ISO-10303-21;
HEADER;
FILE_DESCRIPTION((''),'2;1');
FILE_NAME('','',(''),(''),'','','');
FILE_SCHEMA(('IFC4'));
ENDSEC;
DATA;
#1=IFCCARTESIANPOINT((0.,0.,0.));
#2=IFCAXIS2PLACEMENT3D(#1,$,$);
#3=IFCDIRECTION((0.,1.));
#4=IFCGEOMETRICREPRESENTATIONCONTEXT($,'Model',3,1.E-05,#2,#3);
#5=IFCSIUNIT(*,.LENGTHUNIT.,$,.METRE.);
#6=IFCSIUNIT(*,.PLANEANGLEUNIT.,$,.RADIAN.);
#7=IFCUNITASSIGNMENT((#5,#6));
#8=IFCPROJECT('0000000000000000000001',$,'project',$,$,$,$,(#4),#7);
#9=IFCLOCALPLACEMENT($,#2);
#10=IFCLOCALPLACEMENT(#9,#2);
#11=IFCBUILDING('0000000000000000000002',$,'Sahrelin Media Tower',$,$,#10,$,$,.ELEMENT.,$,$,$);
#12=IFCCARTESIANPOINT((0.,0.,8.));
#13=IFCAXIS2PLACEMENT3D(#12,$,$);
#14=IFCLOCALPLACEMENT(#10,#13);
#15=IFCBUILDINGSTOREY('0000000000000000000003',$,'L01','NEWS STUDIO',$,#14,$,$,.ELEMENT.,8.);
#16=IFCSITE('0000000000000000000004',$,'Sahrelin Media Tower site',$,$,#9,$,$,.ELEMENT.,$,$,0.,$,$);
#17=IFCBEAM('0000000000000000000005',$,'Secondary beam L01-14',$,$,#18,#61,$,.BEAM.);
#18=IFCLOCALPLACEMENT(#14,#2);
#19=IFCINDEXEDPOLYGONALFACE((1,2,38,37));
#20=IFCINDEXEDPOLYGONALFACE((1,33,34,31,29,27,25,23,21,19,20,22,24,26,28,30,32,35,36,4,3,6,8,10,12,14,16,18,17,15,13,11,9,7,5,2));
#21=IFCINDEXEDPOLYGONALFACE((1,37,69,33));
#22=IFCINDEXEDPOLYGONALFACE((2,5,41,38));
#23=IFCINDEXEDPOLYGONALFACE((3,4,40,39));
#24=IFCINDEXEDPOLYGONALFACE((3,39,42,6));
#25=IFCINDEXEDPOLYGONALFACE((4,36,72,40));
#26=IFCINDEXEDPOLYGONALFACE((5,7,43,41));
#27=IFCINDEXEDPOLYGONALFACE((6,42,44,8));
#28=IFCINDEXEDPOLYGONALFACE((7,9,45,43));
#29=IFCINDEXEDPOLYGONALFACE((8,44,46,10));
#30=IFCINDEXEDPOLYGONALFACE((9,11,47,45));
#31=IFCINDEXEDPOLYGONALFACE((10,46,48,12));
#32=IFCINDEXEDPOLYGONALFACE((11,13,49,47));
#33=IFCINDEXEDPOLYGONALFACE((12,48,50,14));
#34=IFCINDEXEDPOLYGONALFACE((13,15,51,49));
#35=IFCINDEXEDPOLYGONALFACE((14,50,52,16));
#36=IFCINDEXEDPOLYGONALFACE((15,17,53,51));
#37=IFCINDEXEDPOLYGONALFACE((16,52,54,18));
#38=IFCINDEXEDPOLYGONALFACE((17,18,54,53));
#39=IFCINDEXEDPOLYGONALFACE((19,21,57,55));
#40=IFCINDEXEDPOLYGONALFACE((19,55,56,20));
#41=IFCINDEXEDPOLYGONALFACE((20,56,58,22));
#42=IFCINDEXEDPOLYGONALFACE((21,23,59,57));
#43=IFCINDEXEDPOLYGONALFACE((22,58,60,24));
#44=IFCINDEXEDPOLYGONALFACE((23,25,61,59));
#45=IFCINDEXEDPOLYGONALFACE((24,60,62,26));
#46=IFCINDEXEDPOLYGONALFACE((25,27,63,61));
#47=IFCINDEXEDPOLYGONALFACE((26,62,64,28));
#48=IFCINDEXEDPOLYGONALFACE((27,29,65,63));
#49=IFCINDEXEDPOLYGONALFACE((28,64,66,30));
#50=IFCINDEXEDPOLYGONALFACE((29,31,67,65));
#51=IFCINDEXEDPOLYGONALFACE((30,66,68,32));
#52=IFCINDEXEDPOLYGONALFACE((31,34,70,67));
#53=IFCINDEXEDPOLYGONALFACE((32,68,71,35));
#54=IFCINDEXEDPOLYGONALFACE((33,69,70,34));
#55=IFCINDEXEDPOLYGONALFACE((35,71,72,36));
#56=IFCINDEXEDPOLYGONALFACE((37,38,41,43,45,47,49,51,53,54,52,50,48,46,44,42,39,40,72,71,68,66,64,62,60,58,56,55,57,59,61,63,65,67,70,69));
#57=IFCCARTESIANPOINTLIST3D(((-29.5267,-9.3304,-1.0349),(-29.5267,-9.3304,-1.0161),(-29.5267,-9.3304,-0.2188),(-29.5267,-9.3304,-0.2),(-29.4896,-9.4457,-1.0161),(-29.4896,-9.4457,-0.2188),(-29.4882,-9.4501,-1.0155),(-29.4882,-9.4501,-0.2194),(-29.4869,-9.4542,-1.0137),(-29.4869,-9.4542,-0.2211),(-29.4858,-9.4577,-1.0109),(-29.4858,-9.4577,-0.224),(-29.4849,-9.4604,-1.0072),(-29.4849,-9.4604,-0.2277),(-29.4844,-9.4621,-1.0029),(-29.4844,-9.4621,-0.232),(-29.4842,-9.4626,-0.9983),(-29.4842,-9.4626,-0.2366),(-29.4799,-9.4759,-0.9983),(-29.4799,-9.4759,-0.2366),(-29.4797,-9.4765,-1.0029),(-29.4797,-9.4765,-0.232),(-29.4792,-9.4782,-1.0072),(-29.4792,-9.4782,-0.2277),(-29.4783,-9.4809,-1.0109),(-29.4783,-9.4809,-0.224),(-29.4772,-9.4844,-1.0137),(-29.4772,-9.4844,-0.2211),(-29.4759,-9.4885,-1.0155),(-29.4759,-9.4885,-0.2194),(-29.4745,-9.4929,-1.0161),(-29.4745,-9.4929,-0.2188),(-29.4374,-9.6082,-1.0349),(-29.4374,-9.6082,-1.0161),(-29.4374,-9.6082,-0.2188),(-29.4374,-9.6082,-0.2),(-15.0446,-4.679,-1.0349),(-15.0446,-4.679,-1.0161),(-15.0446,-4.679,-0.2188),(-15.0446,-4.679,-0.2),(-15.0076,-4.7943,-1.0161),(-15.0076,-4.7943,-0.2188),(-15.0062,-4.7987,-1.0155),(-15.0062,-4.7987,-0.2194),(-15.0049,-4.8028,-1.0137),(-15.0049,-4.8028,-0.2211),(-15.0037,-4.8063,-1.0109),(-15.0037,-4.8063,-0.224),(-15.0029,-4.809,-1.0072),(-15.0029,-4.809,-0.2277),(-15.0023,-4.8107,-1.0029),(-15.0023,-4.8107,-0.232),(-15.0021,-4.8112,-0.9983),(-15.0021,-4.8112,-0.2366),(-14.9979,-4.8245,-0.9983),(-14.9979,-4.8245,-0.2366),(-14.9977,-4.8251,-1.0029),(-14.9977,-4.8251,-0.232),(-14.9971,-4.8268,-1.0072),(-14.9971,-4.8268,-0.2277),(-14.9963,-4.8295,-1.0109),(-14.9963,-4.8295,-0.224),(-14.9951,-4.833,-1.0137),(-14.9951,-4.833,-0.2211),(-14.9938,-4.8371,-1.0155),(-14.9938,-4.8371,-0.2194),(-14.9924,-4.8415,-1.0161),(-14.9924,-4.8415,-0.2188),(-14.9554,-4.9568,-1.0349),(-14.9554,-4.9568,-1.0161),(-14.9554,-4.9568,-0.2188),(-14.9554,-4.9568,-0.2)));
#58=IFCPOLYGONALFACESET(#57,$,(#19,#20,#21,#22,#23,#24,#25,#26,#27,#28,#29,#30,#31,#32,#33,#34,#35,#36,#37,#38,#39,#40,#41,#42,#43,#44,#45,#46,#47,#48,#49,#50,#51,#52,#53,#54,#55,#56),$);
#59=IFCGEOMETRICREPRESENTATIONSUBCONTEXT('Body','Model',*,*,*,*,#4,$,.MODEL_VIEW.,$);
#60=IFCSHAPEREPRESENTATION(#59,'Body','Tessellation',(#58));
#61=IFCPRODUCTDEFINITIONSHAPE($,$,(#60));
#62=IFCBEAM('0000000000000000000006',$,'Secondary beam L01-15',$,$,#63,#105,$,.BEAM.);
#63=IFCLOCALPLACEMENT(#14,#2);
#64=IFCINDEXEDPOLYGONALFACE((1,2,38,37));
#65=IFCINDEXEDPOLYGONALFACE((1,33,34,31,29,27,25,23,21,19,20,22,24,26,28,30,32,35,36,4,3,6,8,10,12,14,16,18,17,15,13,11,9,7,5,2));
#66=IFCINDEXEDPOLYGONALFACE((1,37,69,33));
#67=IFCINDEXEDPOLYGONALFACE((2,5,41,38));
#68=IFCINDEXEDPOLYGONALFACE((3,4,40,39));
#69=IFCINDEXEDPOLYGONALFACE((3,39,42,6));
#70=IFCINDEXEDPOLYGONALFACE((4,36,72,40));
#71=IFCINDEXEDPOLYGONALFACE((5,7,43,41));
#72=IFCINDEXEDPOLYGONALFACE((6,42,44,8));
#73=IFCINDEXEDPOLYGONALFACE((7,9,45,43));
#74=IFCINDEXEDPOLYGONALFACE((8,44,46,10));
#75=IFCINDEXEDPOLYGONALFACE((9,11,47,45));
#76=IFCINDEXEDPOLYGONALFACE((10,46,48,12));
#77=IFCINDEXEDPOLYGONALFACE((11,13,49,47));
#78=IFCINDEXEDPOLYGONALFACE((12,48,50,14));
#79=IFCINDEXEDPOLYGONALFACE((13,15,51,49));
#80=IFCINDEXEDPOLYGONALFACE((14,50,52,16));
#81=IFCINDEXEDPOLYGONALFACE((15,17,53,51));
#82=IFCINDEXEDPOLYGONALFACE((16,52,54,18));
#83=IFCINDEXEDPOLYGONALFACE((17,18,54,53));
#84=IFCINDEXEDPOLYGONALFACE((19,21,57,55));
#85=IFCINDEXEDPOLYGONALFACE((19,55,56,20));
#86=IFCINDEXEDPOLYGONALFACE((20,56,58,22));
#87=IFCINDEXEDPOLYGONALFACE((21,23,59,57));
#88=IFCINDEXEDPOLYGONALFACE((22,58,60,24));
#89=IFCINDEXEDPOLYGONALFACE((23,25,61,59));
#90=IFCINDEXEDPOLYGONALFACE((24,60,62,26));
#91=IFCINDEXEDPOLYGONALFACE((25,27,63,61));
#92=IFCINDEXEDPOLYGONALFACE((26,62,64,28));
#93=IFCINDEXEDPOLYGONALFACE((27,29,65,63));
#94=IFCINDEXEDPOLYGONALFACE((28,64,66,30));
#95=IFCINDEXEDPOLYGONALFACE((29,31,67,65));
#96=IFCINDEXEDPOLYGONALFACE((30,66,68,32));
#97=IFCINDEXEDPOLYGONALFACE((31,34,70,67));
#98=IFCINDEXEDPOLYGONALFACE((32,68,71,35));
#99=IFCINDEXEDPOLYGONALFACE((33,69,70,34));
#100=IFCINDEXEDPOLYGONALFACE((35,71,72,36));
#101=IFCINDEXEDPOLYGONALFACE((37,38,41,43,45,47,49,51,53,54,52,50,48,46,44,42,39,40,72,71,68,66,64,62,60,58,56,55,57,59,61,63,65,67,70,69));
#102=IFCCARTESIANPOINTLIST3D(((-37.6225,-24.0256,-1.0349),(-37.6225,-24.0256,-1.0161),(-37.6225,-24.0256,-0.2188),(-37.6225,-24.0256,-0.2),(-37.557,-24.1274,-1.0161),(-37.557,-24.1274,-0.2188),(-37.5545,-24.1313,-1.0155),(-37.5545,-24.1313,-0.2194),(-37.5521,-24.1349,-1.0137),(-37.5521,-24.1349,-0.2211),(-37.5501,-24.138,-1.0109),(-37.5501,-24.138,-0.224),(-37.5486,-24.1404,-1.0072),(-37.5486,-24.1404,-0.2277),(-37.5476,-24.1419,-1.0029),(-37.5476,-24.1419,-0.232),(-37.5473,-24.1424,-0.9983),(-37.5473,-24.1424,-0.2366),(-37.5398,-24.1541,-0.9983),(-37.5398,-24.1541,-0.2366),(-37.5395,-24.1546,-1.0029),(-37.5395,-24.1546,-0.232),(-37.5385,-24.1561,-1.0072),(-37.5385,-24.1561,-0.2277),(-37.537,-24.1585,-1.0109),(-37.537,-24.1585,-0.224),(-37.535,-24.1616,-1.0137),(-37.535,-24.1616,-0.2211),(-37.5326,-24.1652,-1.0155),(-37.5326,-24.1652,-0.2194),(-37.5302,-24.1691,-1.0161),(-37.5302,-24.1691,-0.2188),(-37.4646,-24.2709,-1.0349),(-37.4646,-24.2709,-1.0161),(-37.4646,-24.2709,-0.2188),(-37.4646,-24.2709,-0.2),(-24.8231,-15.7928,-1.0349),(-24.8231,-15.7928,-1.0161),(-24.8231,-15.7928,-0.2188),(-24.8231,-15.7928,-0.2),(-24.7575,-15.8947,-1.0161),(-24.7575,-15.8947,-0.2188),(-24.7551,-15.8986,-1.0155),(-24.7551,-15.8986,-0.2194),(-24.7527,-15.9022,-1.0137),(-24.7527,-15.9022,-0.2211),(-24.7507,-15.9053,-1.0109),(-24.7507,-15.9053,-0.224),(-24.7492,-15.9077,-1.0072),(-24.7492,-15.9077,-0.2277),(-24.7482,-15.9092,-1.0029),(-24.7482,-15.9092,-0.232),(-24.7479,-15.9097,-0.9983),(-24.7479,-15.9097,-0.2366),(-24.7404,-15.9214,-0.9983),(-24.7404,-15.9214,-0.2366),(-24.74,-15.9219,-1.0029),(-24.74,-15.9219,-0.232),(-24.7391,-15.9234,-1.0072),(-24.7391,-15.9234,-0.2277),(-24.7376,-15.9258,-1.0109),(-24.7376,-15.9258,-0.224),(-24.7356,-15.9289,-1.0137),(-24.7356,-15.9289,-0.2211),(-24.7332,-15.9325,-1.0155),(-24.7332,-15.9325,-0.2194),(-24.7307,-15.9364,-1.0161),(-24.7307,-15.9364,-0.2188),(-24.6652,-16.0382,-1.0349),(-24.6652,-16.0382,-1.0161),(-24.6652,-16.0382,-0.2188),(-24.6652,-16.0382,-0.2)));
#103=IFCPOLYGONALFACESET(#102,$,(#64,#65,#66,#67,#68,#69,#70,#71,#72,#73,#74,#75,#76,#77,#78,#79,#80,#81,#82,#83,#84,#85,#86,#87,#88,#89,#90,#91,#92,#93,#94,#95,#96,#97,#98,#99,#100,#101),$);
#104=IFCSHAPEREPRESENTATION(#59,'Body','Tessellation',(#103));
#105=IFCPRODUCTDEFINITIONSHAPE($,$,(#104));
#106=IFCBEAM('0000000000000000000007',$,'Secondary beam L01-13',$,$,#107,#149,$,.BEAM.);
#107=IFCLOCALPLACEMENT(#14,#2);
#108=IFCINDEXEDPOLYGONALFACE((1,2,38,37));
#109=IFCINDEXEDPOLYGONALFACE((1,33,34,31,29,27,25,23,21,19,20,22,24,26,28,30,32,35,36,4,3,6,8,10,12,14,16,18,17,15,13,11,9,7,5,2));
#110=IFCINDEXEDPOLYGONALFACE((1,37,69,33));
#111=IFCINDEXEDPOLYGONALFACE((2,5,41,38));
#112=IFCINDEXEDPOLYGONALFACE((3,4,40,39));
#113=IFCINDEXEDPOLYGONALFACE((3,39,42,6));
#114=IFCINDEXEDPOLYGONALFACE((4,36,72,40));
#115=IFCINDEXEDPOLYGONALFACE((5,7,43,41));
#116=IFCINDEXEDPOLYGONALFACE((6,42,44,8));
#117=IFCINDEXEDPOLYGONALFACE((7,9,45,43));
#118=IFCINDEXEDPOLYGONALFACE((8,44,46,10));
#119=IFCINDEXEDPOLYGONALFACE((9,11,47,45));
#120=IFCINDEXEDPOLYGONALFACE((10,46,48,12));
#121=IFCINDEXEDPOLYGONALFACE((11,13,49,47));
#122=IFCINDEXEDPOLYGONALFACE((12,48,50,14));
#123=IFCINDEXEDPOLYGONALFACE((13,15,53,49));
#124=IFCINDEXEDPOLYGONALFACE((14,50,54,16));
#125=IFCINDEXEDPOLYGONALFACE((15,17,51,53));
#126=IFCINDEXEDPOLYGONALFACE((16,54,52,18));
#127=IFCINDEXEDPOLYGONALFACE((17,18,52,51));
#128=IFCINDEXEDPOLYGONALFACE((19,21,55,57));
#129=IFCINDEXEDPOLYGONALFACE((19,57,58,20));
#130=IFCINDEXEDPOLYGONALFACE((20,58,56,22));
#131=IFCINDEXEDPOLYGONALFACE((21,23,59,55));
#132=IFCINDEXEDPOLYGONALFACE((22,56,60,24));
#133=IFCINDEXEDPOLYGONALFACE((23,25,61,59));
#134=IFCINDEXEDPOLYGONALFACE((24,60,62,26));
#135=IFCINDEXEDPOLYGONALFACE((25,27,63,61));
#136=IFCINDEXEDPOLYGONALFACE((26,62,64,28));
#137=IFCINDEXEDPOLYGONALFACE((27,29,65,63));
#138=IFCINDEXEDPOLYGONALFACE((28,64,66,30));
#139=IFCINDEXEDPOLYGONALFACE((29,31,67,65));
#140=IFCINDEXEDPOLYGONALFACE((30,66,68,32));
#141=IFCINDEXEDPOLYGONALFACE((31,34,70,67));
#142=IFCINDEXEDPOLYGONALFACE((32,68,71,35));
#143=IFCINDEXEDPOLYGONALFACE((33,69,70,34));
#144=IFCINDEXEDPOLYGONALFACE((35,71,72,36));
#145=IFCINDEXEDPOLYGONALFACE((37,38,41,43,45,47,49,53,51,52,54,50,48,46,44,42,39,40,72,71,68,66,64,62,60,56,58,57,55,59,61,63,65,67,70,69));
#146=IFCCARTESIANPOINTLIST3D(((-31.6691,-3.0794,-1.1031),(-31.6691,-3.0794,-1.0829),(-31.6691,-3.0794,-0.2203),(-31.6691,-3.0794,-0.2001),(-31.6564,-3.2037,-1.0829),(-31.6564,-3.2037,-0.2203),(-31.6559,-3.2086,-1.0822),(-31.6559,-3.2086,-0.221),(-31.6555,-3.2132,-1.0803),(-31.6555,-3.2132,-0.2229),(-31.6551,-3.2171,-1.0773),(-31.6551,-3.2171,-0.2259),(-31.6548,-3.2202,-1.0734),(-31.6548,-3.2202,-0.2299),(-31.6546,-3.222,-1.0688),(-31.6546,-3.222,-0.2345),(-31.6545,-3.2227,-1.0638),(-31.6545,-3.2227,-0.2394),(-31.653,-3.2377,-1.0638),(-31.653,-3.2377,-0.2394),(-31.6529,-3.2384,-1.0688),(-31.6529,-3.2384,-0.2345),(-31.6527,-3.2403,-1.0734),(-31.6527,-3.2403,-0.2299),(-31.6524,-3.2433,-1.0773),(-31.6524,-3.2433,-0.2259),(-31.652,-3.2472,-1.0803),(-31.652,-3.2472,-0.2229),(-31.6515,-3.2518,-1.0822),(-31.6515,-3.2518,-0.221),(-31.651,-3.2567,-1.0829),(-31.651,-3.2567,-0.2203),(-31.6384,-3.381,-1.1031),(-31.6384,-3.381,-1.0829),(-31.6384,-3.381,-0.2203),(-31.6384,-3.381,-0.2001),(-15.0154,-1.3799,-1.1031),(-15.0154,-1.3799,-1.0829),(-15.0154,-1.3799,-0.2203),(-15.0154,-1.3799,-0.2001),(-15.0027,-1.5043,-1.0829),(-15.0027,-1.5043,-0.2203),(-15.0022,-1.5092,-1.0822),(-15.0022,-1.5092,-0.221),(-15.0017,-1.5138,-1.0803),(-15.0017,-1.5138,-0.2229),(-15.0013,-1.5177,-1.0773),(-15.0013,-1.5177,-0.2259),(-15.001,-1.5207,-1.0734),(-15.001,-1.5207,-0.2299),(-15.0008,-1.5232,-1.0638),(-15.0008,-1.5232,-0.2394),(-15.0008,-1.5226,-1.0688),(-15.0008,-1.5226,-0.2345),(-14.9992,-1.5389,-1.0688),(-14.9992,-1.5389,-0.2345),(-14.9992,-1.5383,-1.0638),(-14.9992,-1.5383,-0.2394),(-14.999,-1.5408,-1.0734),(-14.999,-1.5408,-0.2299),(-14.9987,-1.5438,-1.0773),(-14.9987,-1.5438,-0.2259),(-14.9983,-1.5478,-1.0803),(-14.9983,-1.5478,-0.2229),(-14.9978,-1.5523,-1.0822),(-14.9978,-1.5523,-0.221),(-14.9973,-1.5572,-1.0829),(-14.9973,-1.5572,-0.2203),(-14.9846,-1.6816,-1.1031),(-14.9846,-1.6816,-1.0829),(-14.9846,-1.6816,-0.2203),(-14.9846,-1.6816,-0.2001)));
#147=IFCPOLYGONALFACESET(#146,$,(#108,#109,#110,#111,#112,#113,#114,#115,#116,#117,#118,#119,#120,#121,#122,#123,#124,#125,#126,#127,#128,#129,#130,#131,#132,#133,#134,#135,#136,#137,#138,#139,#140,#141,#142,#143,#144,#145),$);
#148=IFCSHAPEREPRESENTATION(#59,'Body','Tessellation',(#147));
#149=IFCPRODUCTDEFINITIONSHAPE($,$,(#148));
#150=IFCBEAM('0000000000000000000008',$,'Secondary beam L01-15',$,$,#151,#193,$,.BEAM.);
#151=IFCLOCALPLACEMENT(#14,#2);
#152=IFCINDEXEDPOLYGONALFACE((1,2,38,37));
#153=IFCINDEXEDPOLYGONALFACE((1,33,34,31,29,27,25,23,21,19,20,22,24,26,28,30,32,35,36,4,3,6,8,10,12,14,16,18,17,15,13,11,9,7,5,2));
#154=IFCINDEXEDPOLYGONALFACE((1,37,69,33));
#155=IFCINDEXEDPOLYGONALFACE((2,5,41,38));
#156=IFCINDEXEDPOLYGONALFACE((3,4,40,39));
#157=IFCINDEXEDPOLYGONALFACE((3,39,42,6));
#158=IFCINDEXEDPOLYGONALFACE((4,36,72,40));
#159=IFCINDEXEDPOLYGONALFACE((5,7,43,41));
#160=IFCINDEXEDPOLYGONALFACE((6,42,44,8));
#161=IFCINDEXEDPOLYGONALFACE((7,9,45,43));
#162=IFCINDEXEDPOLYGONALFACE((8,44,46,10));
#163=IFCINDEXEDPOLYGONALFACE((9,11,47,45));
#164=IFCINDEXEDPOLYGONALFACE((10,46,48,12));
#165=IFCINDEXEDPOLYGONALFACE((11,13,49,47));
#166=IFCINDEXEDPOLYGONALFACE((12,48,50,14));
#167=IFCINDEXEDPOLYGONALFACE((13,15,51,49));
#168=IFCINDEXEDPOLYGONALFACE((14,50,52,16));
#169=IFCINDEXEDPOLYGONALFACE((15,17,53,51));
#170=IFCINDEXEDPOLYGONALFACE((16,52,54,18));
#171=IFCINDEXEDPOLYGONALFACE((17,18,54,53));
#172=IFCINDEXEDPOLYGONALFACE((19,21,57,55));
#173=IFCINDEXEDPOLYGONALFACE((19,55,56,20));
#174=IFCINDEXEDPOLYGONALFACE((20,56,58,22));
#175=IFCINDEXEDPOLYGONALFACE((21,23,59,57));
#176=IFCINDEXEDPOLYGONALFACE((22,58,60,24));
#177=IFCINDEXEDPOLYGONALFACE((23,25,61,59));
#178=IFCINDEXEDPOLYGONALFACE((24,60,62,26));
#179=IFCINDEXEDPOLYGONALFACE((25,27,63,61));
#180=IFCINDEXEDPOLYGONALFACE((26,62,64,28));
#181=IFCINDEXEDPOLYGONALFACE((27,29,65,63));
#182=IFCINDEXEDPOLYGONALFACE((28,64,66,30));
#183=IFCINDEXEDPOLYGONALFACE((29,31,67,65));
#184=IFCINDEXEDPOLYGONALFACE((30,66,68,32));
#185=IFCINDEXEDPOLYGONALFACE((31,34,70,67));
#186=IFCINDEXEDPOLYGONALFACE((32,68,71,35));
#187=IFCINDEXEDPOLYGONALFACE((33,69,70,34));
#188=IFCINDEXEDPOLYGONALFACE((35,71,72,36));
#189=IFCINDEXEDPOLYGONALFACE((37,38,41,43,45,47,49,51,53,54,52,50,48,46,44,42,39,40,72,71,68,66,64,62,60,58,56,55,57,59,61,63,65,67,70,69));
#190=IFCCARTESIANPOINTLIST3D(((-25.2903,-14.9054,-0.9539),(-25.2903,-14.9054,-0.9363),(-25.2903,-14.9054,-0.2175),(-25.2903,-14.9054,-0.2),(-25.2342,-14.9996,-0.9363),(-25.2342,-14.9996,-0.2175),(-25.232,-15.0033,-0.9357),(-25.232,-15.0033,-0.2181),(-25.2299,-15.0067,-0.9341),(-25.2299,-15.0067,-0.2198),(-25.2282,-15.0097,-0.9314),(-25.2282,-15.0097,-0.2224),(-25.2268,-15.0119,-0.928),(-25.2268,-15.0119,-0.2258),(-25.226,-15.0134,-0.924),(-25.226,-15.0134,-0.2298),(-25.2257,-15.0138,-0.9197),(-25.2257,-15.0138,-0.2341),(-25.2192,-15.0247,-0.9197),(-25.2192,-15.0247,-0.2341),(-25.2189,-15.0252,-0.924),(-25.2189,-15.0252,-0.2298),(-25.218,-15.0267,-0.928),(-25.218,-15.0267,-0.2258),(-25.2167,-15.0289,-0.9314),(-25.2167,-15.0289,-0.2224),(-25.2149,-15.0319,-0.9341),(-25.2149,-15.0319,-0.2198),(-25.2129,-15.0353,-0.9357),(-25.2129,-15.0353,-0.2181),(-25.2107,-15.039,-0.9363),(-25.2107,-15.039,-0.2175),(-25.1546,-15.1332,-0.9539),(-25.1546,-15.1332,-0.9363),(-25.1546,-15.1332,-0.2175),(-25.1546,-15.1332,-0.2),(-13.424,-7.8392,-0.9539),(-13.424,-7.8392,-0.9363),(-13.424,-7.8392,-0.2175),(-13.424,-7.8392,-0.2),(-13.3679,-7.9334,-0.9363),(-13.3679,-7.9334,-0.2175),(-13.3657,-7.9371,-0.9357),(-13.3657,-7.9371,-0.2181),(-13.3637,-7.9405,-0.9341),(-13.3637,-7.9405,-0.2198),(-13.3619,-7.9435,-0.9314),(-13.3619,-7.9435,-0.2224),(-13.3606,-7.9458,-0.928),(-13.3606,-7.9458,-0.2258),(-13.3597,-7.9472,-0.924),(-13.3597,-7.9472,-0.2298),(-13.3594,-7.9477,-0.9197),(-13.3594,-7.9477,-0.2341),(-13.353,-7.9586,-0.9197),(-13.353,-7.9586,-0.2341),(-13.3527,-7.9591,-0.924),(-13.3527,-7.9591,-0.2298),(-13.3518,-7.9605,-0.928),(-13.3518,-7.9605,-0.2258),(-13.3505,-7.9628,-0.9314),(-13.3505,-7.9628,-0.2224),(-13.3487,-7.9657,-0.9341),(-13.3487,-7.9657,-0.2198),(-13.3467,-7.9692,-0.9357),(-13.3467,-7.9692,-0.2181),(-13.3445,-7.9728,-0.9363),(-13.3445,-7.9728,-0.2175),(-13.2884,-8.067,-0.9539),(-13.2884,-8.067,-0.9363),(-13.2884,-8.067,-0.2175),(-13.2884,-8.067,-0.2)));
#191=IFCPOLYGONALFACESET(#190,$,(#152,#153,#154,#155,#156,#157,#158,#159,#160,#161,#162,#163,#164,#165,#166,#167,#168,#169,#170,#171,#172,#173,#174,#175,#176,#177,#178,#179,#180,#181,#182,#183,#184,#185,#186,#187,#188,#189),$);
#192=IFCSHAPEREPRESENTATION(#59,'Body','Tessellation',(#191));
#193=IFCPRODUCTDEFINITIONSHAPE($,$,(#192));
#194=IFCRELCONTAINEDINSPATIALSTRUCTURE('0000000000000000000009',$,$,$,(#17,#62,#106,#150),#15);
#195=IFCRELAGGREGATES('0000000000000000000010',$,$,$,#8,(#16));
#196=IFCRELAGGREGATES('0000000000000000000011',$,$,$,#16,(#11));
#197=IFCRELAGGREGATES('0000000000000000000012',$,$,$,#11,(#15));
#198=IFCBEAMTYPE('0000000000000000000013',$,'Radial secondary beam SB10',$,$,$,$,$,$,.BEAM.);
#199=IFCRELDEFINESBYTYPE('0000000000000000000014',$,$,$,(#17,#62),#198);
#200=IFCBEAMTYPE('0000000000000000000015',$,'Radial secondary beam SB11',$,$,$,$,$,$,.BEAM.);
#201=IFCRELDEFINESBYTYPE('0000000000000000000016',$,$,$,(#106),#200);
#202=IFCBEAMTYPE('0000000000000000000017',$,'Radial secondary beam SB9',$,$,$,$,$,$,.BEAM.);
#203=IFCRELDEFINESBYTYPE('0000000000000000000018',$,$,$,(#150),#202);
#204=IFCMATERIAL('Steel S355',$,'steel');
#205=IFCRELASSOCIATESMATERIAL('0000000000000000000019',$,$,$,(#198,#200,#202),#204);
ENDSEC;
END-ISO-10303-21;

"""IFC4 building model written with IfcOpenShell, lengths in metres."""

from ifc_helpers import new_model, si_unit, direction, frame, origin, origin_2d, place, context, subcontext, project, spatial, i_section, extrude, material, material_profile, profile_set, type_object, element, save


model = new_model("IFC4")

# Units and contexts
model_context = context("Model", 3, precision=1e-05, world=origin(), true_north=direction((0.0, 1.0)))
body_context = subcontext(model_context, "Body", "Model", "MODEL_VIEW")
ifc_project = project(units=[si_unit("LENGTHUNIT", "METRE"), si_unit("PLANEANGLEUNIT", "RADIAN")], contexts=[model_context])

# Site, building, storey
site_placement = place(None, origin())
site = spatial("IfcSite", under=ifc_project, at=site_placement, Name="Sahrelin Media Tower site", CompositionType="ELEMENT", RefElevation=0.0)
building_placement = place(site_placement, origin())
building = spatial("IfcBuilding", under=site, at=building_placement, Name="Sahrelin Media Tower", CompositionType="ELEMENT")
storey_placement = place(building_placement, frame((0.0, 0.0, 8.0)))
storey = spatial("IfcBuildingStorey", under=building, at=storey_placement, Name="L01", Description="NEWS STUDIO", CompositionType="ELEMENT", Elevation=8.0)

# Beams
ifc_material_1 = material(Name="Steel S355", Category="steel")
ifc_material_profile_1 = material_profile(ifc_material_1, i_section(OverallWidth=0.2917, OverallDepth=0.835, WebThickness=0.0139, FlangeThickness=0.0188, FilletRadius=0.0178, at=origin_2d()), Name="UB 838x292x176")
ifc_profile_set_1 = profile_set([ifc_material_profile_1], Name="Steel S355")
beam_type_1 = type_object("IfcBeamType", Name="Radial secondary beam SB10", PredefinedType="BEAM", material=ifc_profile_set_1)
beam_1_placement = place(storey_placement, frame((-15.0, -4.8179, -0.6174), z_axis=(-0.952096, -0.305798, 0.0), x_axis=(0.305798, -0.952096, 0.0)))
element("IfcBeam", 1, at=beam_1_placement, inside=storey, type_object=beam_type_1, Name="Secondary beam L01-14", PredefinedType="BEAM", context=body_context, shape_type="SweptSolid", body=[
    extrude(i_section(OverallWidth=0.2917, OverallDepth=0.835, WebThickness=0.0139, FlangeThickness=0.0188, FilletRadius=0.0178, at=origin_2d()), origin(), (0.0, 0.0, 1.0), 15.2107),
])
beam_2_placement = place(storey_placement, frame((-24.7441, -15.9155, -0.6174), z_axis=(-0.841043, -0.540968, 0.0), x_axis=(0.540968, -0.841043, 0.0)))
element("IfcBeam", 2, at=beam_2_placement, inside=storey, type_object=beam_type_1, Name="Secondary beam L01-15", PredefinedType="BEAM", context=body_context, shape_type="SweptSolid", body=[
    extrude(i_section(OverallWidth=0.2917, OverallDepth=0.835, WebThickness=0.0139, FlangeThickness=0.0188, FilletRadius=0.0178, at=origin_2d()), origin(), (0.0, 0.0, 1.0), 15.2185),
])
ifc_material_profile_2 = material_profile(ifc_material_1, i_section(OverallWidth=0.3032, OverallDepth=0.9031, WebThickness=0.0151, FlangeThickness=0.0203, FilletRadius=0.019, at=origin_2d()), Name="UB 914x305x201")
ifc_profile_set_2 = profile_set([ifc_material_profile_2], Name="Steel S355")
beam_type_2 = type_object("IfcBeamType", Name="Radial secondary beam SB11", PredefinedType="BEAM", material=ifc_profile_set_2)
beam_3_placement = place(storey_placement, frame((-15.0, -1.5308, -0.6516), z_axis=(-0.994834, -0.101519, 0.0), x_axis=(0.101519, -0.994834, 0.0)))
element("IfcBeam", 3, at=beam_3_placement, inside=storey, type_object=beam_type_2, Name="Secondary beam L01-13", PredefinedType="BEAM", context=body_context, shape_type="SweptSolid", body=[
    extrude(i_section(OverallWidth=0.3032, OverallDepth=0.9031, WebThickness=0.0151, FlangeThickness=0.0203, FilletRadius=0.019, at=origin_2d()), origin(), (0.0, 0.0, 1.0), 16.7402),
])
ifc_material_profile_3 = material_profile(ifc_material_1, i_section(OverallWidth=0.2651, OverallDepth=0.7539, WebThickness=0.0127, FlangeThickness=0.0176, FilletRadius=0.0166, at=origin_2d()), Name="UB 762x267x147")
ifc_profile_set_3 = profile_set([ifc_material_profile_3], Name="Steel S355")
beam_type_3 = type_object("IfcBeamType", Name="Radial secondary beam SB9", PredefinedType="BEAM", material=ifc_profile_set_3)
beam_4_placement = place(storey_placement, frame((-13.3562, -7.9531, -0.5769), z_axis=(-0.859199, -0.511641, 0.0), x_axis=(0.511641, -0.859199, 0.0)))
element("IfcBeam", 4, at=beam_4_placement, inside=storey, type_object=beam_type_3, Name="Secondary beam L01-15", PredefinedType="BEAM", context=body_context, shape_type="SweptSolid", body=[
    extrude(i_section(OverallWidth=0.2651, OverallDepth=0.7539, WebThickness=0.0127, FlangeThickness=0.0176, FilletRadius=0.0166, at=origin_2d()), origin(), (0.0, 0.0, 1.0), 13.8108),
])

save(model, "model.ifc")
